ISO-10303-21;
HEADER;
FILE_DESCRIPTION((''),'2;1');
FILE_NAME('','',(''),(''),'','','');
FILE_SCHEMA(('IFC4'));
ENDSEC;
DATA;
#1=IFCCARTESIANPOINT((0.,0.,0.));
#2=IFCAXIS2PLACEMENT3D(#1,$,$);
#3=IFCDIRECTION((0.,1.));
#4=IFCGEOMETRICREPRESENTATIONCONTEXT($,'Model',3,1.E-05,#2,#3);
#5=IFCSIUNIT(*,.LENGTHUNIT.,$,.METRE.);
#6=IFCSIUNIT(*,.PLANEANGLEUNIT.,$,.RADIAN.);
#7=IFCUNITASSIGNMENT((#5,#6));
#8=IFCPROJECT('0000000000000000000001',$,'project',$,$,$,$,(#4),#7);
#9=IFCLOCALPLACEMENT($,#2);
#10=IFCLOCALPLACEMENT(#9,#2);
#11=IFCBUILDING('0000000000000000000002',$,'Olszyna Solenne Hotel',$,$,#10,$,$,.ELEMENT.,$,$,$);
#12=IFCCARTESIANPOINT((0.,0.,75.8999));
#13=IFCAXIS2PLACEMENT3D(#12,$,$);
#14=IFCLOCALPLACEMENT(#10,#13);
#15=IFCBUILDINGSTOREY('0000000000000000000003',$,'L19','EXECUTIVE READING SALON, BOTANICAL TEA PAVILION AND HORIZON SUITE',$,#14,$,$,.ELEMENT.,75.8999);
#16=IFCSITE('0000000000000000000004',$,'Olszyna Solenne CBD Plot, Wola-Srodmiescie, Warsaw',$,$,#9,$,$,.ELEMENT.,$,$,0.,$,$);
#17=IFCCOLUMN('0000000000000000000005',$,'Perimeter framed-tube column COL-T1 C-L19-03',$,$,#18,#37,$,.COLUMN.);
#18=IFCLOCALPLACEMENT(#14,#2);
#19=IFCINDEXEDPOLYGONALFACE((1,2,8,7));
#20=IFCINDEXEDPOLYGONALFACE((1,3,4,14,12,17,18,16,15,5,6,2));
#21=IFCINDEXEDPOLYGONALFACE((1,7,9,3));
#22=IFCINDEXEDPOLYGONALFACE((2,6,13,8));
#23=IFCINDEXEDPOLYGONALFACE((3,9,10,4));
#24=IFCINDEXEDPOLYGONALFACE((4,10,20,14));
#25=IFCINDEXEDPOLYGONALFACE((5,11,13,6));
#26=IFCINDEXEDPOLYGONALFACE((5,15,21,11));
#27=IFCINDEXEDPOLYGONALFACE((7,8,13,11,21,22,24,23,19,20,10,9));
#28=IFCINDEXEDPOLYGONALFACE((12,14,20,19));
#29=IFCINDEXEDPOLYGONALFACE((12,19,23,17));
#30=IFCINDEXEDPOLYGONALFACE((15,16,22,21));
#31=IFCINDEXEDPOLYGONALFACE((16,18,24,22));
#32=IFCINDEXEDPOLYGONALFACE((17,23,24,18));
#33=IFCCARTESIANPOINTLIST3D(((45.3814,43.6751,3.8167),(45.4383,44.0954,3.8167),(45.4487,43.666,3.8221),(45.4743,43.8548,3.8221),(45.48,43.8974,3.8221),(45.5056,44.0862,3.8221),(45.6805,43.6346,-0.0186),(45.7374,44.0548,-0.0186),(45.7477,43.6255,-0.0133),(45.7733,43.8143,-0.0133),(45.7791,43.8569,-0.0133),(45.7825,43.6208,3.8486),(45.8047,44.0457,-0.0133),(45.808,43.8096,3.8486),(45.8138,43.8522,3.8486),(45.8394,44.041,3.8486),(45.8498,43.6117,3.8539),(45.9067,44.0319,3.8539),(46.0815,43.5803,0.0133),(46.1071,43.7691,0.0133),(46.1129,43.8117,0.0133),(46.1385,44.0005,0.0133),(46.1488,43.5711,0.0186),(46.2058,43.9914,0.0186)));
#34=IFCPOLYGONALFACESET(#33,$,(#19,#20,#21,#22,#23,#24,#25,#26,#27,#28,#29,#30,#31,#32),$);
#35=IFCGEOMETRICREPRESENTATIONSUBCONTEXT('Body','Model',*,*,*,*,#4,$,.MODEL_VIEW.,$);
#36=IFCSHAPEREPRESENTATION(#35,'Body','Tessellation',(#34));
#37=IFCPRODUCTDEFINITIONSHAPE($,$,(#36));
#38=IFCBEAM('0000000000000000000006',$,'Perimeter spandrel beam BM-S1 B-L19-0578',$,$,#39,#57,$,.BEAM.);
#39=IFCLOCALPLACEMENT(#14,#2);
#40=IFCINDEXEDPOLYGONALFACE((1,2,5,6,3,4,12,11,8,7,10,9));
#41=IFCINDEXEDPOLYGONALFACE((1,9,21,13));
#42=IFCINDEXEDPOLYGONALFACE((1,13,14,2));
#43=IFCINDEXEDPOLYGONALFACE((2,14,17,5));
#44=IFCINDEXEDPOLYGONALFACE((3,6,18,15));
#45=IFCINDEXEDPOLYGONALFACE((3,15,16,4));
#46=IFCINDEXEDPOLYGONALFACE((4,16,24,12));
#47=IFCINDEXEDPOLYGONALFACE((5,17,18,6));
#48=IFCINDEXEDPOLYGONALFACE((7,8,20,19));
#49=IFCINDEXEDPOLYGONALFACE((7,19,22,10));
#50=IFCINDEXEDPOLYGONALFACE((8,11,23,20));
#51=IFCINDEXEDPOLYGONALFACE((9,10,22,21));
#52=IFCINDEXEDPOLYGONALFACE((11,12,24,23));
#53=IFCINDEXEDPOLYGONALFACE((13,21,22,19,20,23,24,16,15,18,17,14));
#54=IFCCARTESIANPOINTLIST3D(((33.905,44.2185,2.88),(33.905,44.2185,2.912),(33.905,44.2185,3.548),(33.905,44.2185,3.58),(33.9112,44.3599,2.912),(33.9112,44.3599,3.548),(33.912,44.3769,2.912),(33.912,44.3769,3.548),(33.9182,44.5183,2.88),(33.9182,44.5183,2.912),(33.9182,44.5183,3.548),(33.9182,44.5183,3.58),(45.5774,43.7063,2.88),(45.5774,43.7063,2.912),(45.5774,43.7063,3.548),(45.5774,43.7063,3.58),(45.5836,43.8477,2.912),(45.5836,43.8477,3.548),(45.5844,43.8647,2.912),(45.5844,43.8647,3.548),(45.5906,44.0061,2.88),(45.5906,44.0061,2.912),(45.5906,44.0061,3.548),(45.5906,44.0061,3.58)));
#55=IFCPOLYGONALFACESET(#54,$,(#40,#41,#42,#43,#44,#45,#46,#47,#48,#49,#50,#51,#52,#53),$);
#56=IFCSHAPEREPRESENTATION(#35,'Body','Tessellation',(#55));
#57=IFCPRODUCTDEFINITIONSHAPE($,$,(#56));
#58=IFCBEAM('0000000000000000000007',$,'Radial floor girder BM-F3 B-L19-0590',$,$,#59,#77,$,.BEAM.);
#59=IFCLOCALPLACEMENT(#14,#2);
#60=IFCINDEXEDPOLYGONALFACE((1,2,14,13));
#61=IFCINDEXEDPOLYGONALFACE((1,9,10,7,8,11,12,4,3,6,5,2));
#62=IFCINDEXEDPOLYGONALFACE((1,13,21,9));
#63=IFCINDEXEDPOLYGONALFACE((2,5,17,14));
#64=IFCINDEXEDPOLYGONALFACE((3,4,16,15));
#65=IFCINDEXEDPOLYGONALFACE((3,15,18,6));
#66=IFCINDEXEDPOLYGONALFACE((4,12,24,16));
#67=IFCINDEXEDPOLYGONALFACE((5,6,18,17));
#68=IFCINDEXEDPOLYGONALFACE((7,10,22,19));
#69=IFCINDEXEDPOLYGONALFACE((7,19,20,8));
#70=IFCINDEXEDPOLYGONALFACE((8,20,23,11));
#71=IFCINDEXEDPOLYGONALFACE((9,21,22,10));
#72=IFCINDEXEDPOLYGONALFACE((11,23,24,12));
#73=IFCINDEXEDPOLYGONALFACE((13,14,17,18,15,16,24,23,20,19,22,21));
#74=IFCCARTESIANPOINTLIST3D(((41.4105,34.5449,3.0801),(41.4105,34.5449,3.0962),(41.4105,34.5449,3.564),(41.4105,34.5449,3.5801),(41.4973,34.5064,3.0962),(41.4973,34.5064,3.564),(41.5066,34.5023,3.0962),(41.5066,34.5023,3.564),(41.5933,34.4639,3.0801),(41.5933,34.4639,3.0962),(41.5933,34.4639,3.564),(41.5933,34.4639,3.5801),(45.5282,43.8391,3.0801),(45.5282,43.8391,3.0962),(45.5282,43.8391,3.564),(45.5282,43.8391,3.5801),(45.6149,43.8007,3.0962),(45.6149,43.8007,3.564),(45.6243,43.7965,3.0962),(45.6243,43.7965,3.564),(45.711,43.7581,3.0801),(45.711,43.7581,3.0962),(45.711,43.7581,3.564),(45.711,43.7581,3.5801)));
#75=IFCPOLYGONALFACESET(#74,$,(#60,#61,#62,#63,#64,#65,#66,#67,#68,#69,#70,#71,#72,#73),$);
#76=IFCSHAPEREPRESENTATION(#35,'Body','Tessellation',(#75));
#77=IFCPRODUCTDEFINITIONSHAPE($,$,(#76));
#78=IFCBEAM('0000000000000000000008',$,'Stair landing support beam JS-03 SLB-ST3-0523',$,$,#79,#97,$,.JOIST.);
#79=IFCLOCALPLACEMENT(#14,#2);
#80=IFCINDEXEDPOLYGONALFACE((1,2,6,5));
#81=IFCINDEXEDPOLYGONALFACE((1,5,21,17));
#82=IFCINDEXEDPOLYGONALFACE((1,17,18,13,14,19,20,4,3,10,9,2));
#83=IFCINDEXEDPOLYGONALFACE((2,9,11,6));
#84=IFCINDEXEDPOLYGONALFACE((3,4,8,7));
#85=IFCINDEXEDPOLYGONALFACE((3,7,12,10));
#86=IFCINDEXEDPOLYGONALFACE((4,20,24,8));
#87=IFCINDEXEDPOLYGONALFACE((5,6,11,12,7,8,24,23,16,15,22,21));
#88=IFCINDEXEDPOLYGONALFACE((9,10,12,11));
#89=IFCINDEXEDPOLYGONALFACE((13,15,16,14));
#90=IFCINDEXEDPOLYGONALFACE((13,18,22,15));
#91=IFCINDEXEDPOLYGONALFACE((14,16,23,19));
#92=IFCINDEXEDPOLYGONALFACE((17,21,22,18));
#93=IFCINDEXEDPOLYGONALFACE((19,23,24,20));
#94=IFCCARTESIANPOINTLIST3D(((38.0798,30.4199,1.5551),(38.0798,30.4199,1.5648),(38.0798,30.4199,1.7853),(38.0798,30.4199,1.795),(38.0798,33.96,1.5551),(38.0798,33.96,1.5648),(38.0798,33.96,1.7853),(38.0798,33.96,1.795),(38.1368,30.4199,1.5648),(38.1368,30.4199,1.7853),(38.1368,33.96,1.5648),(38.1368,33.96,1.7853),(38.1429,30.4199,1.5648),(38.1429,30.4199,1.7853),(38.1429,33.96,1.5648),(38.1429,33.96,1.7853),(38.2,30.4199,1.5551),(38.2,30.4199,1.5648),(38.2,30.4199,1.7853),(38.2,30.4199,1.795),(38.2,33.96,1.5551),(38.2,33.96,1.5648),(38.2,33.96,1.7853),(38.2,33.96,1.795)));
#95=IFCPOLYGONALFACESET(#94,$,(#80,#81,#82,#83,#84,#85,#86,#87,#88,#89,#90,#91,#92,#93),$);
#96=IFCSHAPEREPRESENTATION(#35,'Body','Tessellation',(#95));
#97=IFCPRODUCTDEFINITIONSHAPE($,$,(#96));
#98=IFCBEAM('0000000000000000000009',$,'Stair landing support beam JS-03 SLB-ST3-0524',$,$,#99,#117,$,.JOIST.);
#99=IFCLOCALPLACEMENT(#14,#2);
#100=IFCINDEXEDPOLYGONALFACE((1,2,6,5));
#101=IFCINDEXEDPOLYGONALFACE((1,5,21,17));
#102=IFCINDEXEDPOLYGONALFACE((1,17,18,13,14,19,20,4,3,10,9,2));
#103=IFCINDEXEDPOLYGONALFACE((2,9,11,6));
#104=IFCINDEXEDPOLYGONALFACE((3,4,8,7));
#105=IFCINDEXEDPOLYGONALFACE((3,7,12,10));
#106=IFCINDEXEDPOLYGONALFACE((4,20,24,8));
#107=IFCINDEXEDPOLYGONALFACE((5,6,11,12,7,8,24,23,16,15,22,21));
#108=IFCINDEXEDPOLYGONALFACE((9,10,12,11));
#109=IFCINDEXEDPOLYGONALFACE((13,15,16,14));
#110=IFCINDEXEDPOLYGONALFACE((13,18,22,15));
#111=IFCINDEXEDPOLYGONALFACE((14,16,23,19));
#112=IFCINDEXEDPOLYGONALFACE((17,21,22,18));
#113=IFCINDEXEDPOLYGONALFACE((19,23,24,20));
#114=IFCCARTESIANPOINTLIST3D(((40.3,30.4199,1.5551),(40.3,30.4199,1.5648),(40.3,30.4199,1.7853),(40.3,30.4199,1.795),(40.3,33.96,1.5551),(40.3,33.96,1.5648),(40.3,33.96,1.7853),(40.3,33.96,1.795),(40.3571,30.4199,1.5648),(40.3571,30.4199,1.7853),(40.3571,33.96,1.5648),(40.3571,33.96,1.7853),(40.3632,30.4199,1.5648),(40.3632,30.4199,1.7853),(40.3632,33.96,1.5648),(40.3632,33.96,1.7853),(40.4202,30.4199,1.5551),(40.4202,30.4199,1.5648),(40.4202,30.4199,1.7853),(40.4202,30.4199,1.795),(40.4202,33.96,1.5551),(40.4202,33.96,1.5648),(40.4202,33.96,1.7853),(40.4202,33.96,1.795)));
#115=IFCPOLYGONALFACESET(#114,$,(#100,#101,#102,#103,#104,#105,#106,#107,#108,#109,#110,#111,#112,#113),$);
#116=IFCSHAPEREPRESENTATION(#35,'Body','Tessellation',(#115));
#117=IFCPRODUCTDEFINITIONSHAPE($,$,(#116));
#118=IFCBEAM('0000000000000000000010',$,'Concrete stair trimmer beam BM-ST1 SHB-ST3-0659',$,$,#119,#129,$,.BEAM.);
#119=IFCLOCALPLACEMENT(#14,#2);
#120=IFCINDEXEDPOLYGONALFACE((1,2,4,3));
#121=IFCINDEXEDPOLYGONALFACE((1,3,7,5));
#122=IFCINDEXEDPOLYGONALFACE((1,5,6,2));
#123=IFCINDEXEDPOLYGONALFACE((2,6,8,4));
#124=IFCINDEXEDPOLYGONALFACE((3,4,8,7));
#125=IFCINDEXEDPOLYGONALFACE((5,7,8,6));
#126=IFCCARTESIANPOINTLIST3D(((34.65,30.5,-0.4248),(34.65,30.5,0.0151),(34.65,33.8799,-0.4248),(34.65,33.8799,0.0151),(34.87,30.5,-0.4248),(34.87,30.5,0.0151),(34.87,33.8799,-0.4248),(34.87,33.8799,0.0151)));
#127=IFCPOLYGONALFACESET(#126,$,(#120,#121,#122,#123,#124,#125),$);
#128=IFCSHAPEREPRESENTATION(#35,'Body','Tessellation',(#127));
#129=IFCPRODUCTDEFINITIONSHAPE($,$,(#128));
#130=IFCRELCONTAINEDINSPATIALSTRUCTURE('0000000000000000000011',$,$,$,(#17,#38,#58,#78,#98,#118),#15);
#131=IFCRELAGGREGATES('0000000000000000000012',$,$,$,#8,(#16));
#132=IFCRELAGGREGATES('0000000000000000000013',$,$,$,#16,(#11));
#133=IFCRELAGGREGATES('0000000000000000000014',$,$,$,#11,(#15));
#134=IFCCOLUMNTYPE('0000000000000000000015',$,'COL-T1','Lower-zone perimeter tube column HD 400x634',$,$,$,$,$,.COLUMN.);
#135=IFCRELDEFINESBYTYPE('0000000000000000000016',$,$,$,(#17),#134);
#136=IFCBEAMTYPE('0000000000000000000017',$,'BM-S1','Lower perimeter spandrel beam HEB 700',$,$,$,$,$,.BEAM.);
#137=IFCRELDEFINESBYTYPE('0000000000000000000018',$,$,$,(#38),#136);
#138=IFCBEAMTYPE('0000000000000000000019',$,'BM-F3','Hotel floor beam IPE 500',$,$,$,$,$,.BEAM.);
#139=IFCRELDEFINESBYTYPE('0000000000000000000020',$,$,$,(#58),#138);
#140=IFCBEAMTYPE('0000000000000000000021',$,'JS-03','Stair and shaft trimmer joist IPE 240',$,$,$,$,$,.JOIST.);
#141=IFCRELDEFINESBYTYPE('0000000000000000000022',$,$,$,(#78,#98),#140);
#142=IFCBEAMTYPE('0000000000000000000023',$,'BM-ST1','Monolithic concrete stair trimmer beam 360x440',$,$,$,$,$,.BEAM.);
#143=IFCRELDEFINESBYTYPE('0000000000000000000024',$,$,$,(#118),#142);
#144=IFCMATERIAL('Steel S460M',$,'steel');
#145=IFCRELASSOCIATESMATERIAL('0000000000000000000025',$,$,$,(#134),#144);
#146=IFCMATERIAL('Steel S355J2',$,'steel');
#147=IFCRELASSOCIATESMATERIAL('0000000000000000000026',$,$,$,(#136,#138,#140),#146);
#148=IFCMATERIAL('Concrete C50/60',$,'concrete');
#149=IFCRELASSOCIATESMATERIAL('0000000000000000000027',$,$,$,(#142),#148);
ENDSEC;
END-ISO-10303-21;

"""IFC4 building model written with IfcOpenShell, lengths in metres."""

from ifc_helpers import new_model, si_unit, direction, frame, origin, origin_2d, place, context, subcontext, project, spatial, rectangle, i_section, extrude, source, transform, mapped, material, material_profile, profile_set, type_object, element, save


model = new_model("IFC4")

# Units and contexts
model_context = context("Model", 3, precision=1e-05, world=origin(), true_north=direction((0.0, 1.0)))
body_context = subcontext(model_context, "Body", "Model", "MODEL_VIEW")
ifc_project = project(units=[si_unit("LENGTHUNIT", "METRE"), si_unit("PLANEANGLEUNIT", "RADIAN")], contexts=[model_context])

# Site, building, storey
site_placement = place(None, origin())
site = spatial("IfcSite", under=ifc_project, at=site_placement, Name="Olszyna Solenne CBD Plot, Wola-Srodmiescie, Warsaw", CompositionType="ELEMENT", RefElevation=0.0)
building_placement = place(site_placement, origin())
building = spatial("IfcBuilding", under=site, at=building_placement, Name="Olszyna Solenne Hotel", CompositionType="ELEMENT")
storey_placement = place(building_placement, frame((0.0, 0.0, 75.8999)))
storey = spatial("IfcBuildingStorey", under=building, at=storey_placement, Name="L19", Description="EXECUTIVE READING SALON, BOTANICAL TEA PAVILION AND HORIZON SUITE", CompositionType="ELEMENT", Elevation=75.8999)

# Column
ifc_material_1 = material(Name="Steel S460M", Category="steel")
ifc_material_profile_1 = material_profile(ifc_material_1, i_section(OverallWidth=0.4241, OverallDepth=0.4741, WebThickness=0.043, FlangeThickness=0.0681, at=origin_2d()), Name="HD 400x634", Category="load-bearing")
ifc_profile_set_1 = profile_set([ifc_material_profile_1], Name="Steel S460M")
column_type = type_object("IfcColumnType", Name="COL-T1", Description="Lower-zone perimeter tube column HD 400x634", PredefinedType="COLUMN", material=ifc_profile_set_1)
shared_shape_1 = source(origin(), body_context, "Body", "SweptSolid", [
    extrude(i_section(OverallWidth=0.4241, OverallDepth=0.4741, WebThickness=0.043, FlangeThickness=0.0681, at=origin_2d()), origin(), (0.0, 0.0, 1.0), 3.8472),
])
column_placement = place(storey_placement, frame((45.9431, 43.813, 0.0), z_axis=(-0.07774, 0.010535, 0.996918), x_axis=(-0.134283, -0.990943, 0.0)))
element("IfcColumn", 1, at=column_placement, inside=storey, type_object=column_type, Name="Perimeter framed-tube column COL-T1 C-L19-03", PredefinedType="COLUMN", context=body_context, shape_type="MappedRepresentation", body=[
    mapped(shared_shape_1, transform((0.0, 0.0, 0.0), x_axis=(1.0, 0.0, 0.0), y_axis=(0.0, 1.0, 0.0), z_axis=(0.0, 0.0, 1.0), scale=1.0)),
])

# Beams
ifc_material_2 = material(Name="Steel S355J2", Category="steel")
ifc_material_profile_2 = material_profile(ifc_material_2, i_section(OverallWidth=0.3, OverallDepth=0.7, WebThickness=0.0171, FlangeThickness=0.032, at=origin_2d()), Name="HEB 700", Category="load-bearing")
ifc_profile_set_2 = profile_set([ifc_material_profile_2], Name="Steel S355J2")
beam_type_1 = type_object("IfcBeamType", Name="BM-S1", Description="Lower perimeter spandrel beam HEB 700", PredefinedType="BEAM", material=ifc_profile_set_2)
shared_shape_2 = source(origin(), body_context, "Body", "SweptSolid", [
    extrude(i_section(OverallWidth=0.3, OverallDepth=0.7, WebThickness=0.0171, FlangeThickness=0.032, at=origin_2d()), origin(), (0.0, 0.0, 1.0), 11.6836),
])
beam_1_placement = place(storey_placement, frame((45.584, 43.8562, 3.23), z_axis=(-0.999039, 0.04384, 0.0), x_axis=(-0.04384, -0.999039, 0.0)))
element("IfcBeam", 2, at=beam_1_placement, inside=storey, type_object=beam_type_1, Name="Perimeter spandrel beam BM-S1 B-L19-0578", PredefinedType="BEAM", context=body_context, shape_type="MappedRepresentation", body=[
    mapped(shared_shape_2, transform((0.0, 0.0, 0.0), x_axis=(1.0, 0.0, 0.0), y_axis=(0.0, 1.0, 0.0), z_axis=(0.0, 0.0, 1.0), scale=1.0)),
])
ifc_material_profile_3 = material_profile(ifc_material_2, i_section(OverallWidth=0.2, OverallDepth=0.5, WebThickness=0.0103, FlangeThickness=0.0161, at=origin_2d()), Name="IPE 500", Category="load-bearing")
ifc_profile_set_3 = profile_set([ifc_material_profile_3], Name="Steel S355J2")
beam_type_2 = type_object("IfcBeamType", Name="BM-F3", Description="Hotel floor beam IPE 500", PredefinedType="BEAM", material=ifc_profile_set_3)
shared_shape_3 = source(origin(), body_context, "Body", "SweptSolid", [
    extrude(i_section(OverallWidth=0.2, OverallDepth=0.5, WebThickness=0.0103, FlangeThickness=0.0161, at=origin_2d()), origin(), (0.0, 0.0, 1.0), 10.1655),
])
beam_2_placement = place(storey_placement, frame((45.6196, 43.7986, 3.3301), z_axis=(-0.405064, -0.914288, 0.0), x_axis=(0.914288, -0.405064, 0.0)))
element("IfcBeam", 3, at=beam_2_placement, inside=storey, type_object=beam_type_2, Name="Radial floor girder BM-F3 B-L19-0590", PredefinedType="BEAM", context=body_context, shape_type="MappedRepresentation", body=[
    mapped(shared_shape_3, transform((0.0, 0.0, 0.0), x_axis=(1.0, 0.0, 0.0), y_axis=(0.0, 1.0, 0.0), z_axis=(0.0, 0.0, 1.0), scale=1.0)),
])
ifc_material_profile_4 = material_profile(ifc_material_2, i_section(OverallWidth=0.1201, OverallDepth=0.24, WebThickness=0.0061, FlangeThickness=0.0098, at=origin_2d()), Name="IPE 240", Category="load-bearing")
ifc_profile_set_4 = profile_set([ifc_material_profile_4], Name="Steel S355J2")
beam_type_3 = type_object("IfcBeamType", Name="JS-03", Description="Stair and shaft trimmer joist IPE 240", PredefinedType="JOIST", material=ifc_profile_set_4)
shared_shape_4 = source(origin(), body_context, "Body", "SweptSolid", [
    extrude(i_section(OverallWidth=0.1201, OverallDepth=0.24, WebThickness=0.0061, FlangeThickness=0.0098, at=origin_2d()), origin(), (0.0, 0.0, 1.0), 3.54),
])
for number, where, z_axis, x_axis, name in (
    (4, (38.1399, 30.4199, 1.675), (0.0, 1.0, 0.0), (-1.0, 0.0, 0.0), "Stair landing support beam JS-03 SLB-ST3-0523"),
    (5, (40.3601, 30.4199, 1.675), (0.0, 1.0, 0.0), (-1.0, 0.0, 0.0), "Stair landing support beam JS-03 SLB-ST3-0524"),
):
    element("IfcBeam", number, at=place(storey_placement, frame(where, z_axis=z_axis, x_axis=x_axis)), inside=storey, type_object=beam_type_3, Name=name, PredefinedType="JOIST", context=body_context, shape_type="MappedRepresentation", body=[
        mapped(shared_shape_4, transform((0.0, 0.0, 0.0), x_axis=(1.0, 0.0, 0.0), y_axis=(0.0, 1.0, 0.0), z_axis=(0.0, 0.0, 1.0), scale=1.0)),
    ])
ifc_material_3 = material(Name="Concrete C50/60", Category="concrete")
ifc_material_profile_5 = material_profile(ifc_material_3, rectangle(XDim=0.22, YDim=0.4399, at=origin_2d()), Name="RC 220x440", Category="load-bearing")
ifc_profile_set_5 = profile_set([ifc_material_profile_5], Name="Concrete C50/60")
beam_type_4 = type_object("IfcBeamType", Name="BM-ST1", Description="Monolithic concrete stair trimmer beam 360x440", PredefinedType="BEAM", material=ifc_profile_set_5)
shared_shape_5 = source(origin(), body_context, "Body", "SweptSolid", [
    extrude(rectangle(XDim=0.22, YDim=0.4399, at=origin_2d()), origin(), (0.0, 0.0, 1.0), 3.3799),
])
beam_3_placement = place(storey_placement, frame((34.76, 30.5, -0.2048), z_axis=(0.0, 1.0, 0.0), x_axis=(-1.0, 0.0, 0.0)))
element("IfcBeam", 6, at=beam_3_placement, inside=storey, type_object=beam_type_4, Name="Concrete stair trimmer beam BM-ST1 SHB-ST3-0659", PredefinedType="BEAM", context=body_context, shape_type="MappedRepresentation", body=[
    mapped(shared_shape_5, transform((0.0, 0.0, 0.0), x_axis=(1.0, 0.0, 0.0), y_axis=(0.0, 1.0, 0.0), z_axis=(0.0, 0.0, 1.0), scale=1.0)),
])

save(model, "model.ifc")
